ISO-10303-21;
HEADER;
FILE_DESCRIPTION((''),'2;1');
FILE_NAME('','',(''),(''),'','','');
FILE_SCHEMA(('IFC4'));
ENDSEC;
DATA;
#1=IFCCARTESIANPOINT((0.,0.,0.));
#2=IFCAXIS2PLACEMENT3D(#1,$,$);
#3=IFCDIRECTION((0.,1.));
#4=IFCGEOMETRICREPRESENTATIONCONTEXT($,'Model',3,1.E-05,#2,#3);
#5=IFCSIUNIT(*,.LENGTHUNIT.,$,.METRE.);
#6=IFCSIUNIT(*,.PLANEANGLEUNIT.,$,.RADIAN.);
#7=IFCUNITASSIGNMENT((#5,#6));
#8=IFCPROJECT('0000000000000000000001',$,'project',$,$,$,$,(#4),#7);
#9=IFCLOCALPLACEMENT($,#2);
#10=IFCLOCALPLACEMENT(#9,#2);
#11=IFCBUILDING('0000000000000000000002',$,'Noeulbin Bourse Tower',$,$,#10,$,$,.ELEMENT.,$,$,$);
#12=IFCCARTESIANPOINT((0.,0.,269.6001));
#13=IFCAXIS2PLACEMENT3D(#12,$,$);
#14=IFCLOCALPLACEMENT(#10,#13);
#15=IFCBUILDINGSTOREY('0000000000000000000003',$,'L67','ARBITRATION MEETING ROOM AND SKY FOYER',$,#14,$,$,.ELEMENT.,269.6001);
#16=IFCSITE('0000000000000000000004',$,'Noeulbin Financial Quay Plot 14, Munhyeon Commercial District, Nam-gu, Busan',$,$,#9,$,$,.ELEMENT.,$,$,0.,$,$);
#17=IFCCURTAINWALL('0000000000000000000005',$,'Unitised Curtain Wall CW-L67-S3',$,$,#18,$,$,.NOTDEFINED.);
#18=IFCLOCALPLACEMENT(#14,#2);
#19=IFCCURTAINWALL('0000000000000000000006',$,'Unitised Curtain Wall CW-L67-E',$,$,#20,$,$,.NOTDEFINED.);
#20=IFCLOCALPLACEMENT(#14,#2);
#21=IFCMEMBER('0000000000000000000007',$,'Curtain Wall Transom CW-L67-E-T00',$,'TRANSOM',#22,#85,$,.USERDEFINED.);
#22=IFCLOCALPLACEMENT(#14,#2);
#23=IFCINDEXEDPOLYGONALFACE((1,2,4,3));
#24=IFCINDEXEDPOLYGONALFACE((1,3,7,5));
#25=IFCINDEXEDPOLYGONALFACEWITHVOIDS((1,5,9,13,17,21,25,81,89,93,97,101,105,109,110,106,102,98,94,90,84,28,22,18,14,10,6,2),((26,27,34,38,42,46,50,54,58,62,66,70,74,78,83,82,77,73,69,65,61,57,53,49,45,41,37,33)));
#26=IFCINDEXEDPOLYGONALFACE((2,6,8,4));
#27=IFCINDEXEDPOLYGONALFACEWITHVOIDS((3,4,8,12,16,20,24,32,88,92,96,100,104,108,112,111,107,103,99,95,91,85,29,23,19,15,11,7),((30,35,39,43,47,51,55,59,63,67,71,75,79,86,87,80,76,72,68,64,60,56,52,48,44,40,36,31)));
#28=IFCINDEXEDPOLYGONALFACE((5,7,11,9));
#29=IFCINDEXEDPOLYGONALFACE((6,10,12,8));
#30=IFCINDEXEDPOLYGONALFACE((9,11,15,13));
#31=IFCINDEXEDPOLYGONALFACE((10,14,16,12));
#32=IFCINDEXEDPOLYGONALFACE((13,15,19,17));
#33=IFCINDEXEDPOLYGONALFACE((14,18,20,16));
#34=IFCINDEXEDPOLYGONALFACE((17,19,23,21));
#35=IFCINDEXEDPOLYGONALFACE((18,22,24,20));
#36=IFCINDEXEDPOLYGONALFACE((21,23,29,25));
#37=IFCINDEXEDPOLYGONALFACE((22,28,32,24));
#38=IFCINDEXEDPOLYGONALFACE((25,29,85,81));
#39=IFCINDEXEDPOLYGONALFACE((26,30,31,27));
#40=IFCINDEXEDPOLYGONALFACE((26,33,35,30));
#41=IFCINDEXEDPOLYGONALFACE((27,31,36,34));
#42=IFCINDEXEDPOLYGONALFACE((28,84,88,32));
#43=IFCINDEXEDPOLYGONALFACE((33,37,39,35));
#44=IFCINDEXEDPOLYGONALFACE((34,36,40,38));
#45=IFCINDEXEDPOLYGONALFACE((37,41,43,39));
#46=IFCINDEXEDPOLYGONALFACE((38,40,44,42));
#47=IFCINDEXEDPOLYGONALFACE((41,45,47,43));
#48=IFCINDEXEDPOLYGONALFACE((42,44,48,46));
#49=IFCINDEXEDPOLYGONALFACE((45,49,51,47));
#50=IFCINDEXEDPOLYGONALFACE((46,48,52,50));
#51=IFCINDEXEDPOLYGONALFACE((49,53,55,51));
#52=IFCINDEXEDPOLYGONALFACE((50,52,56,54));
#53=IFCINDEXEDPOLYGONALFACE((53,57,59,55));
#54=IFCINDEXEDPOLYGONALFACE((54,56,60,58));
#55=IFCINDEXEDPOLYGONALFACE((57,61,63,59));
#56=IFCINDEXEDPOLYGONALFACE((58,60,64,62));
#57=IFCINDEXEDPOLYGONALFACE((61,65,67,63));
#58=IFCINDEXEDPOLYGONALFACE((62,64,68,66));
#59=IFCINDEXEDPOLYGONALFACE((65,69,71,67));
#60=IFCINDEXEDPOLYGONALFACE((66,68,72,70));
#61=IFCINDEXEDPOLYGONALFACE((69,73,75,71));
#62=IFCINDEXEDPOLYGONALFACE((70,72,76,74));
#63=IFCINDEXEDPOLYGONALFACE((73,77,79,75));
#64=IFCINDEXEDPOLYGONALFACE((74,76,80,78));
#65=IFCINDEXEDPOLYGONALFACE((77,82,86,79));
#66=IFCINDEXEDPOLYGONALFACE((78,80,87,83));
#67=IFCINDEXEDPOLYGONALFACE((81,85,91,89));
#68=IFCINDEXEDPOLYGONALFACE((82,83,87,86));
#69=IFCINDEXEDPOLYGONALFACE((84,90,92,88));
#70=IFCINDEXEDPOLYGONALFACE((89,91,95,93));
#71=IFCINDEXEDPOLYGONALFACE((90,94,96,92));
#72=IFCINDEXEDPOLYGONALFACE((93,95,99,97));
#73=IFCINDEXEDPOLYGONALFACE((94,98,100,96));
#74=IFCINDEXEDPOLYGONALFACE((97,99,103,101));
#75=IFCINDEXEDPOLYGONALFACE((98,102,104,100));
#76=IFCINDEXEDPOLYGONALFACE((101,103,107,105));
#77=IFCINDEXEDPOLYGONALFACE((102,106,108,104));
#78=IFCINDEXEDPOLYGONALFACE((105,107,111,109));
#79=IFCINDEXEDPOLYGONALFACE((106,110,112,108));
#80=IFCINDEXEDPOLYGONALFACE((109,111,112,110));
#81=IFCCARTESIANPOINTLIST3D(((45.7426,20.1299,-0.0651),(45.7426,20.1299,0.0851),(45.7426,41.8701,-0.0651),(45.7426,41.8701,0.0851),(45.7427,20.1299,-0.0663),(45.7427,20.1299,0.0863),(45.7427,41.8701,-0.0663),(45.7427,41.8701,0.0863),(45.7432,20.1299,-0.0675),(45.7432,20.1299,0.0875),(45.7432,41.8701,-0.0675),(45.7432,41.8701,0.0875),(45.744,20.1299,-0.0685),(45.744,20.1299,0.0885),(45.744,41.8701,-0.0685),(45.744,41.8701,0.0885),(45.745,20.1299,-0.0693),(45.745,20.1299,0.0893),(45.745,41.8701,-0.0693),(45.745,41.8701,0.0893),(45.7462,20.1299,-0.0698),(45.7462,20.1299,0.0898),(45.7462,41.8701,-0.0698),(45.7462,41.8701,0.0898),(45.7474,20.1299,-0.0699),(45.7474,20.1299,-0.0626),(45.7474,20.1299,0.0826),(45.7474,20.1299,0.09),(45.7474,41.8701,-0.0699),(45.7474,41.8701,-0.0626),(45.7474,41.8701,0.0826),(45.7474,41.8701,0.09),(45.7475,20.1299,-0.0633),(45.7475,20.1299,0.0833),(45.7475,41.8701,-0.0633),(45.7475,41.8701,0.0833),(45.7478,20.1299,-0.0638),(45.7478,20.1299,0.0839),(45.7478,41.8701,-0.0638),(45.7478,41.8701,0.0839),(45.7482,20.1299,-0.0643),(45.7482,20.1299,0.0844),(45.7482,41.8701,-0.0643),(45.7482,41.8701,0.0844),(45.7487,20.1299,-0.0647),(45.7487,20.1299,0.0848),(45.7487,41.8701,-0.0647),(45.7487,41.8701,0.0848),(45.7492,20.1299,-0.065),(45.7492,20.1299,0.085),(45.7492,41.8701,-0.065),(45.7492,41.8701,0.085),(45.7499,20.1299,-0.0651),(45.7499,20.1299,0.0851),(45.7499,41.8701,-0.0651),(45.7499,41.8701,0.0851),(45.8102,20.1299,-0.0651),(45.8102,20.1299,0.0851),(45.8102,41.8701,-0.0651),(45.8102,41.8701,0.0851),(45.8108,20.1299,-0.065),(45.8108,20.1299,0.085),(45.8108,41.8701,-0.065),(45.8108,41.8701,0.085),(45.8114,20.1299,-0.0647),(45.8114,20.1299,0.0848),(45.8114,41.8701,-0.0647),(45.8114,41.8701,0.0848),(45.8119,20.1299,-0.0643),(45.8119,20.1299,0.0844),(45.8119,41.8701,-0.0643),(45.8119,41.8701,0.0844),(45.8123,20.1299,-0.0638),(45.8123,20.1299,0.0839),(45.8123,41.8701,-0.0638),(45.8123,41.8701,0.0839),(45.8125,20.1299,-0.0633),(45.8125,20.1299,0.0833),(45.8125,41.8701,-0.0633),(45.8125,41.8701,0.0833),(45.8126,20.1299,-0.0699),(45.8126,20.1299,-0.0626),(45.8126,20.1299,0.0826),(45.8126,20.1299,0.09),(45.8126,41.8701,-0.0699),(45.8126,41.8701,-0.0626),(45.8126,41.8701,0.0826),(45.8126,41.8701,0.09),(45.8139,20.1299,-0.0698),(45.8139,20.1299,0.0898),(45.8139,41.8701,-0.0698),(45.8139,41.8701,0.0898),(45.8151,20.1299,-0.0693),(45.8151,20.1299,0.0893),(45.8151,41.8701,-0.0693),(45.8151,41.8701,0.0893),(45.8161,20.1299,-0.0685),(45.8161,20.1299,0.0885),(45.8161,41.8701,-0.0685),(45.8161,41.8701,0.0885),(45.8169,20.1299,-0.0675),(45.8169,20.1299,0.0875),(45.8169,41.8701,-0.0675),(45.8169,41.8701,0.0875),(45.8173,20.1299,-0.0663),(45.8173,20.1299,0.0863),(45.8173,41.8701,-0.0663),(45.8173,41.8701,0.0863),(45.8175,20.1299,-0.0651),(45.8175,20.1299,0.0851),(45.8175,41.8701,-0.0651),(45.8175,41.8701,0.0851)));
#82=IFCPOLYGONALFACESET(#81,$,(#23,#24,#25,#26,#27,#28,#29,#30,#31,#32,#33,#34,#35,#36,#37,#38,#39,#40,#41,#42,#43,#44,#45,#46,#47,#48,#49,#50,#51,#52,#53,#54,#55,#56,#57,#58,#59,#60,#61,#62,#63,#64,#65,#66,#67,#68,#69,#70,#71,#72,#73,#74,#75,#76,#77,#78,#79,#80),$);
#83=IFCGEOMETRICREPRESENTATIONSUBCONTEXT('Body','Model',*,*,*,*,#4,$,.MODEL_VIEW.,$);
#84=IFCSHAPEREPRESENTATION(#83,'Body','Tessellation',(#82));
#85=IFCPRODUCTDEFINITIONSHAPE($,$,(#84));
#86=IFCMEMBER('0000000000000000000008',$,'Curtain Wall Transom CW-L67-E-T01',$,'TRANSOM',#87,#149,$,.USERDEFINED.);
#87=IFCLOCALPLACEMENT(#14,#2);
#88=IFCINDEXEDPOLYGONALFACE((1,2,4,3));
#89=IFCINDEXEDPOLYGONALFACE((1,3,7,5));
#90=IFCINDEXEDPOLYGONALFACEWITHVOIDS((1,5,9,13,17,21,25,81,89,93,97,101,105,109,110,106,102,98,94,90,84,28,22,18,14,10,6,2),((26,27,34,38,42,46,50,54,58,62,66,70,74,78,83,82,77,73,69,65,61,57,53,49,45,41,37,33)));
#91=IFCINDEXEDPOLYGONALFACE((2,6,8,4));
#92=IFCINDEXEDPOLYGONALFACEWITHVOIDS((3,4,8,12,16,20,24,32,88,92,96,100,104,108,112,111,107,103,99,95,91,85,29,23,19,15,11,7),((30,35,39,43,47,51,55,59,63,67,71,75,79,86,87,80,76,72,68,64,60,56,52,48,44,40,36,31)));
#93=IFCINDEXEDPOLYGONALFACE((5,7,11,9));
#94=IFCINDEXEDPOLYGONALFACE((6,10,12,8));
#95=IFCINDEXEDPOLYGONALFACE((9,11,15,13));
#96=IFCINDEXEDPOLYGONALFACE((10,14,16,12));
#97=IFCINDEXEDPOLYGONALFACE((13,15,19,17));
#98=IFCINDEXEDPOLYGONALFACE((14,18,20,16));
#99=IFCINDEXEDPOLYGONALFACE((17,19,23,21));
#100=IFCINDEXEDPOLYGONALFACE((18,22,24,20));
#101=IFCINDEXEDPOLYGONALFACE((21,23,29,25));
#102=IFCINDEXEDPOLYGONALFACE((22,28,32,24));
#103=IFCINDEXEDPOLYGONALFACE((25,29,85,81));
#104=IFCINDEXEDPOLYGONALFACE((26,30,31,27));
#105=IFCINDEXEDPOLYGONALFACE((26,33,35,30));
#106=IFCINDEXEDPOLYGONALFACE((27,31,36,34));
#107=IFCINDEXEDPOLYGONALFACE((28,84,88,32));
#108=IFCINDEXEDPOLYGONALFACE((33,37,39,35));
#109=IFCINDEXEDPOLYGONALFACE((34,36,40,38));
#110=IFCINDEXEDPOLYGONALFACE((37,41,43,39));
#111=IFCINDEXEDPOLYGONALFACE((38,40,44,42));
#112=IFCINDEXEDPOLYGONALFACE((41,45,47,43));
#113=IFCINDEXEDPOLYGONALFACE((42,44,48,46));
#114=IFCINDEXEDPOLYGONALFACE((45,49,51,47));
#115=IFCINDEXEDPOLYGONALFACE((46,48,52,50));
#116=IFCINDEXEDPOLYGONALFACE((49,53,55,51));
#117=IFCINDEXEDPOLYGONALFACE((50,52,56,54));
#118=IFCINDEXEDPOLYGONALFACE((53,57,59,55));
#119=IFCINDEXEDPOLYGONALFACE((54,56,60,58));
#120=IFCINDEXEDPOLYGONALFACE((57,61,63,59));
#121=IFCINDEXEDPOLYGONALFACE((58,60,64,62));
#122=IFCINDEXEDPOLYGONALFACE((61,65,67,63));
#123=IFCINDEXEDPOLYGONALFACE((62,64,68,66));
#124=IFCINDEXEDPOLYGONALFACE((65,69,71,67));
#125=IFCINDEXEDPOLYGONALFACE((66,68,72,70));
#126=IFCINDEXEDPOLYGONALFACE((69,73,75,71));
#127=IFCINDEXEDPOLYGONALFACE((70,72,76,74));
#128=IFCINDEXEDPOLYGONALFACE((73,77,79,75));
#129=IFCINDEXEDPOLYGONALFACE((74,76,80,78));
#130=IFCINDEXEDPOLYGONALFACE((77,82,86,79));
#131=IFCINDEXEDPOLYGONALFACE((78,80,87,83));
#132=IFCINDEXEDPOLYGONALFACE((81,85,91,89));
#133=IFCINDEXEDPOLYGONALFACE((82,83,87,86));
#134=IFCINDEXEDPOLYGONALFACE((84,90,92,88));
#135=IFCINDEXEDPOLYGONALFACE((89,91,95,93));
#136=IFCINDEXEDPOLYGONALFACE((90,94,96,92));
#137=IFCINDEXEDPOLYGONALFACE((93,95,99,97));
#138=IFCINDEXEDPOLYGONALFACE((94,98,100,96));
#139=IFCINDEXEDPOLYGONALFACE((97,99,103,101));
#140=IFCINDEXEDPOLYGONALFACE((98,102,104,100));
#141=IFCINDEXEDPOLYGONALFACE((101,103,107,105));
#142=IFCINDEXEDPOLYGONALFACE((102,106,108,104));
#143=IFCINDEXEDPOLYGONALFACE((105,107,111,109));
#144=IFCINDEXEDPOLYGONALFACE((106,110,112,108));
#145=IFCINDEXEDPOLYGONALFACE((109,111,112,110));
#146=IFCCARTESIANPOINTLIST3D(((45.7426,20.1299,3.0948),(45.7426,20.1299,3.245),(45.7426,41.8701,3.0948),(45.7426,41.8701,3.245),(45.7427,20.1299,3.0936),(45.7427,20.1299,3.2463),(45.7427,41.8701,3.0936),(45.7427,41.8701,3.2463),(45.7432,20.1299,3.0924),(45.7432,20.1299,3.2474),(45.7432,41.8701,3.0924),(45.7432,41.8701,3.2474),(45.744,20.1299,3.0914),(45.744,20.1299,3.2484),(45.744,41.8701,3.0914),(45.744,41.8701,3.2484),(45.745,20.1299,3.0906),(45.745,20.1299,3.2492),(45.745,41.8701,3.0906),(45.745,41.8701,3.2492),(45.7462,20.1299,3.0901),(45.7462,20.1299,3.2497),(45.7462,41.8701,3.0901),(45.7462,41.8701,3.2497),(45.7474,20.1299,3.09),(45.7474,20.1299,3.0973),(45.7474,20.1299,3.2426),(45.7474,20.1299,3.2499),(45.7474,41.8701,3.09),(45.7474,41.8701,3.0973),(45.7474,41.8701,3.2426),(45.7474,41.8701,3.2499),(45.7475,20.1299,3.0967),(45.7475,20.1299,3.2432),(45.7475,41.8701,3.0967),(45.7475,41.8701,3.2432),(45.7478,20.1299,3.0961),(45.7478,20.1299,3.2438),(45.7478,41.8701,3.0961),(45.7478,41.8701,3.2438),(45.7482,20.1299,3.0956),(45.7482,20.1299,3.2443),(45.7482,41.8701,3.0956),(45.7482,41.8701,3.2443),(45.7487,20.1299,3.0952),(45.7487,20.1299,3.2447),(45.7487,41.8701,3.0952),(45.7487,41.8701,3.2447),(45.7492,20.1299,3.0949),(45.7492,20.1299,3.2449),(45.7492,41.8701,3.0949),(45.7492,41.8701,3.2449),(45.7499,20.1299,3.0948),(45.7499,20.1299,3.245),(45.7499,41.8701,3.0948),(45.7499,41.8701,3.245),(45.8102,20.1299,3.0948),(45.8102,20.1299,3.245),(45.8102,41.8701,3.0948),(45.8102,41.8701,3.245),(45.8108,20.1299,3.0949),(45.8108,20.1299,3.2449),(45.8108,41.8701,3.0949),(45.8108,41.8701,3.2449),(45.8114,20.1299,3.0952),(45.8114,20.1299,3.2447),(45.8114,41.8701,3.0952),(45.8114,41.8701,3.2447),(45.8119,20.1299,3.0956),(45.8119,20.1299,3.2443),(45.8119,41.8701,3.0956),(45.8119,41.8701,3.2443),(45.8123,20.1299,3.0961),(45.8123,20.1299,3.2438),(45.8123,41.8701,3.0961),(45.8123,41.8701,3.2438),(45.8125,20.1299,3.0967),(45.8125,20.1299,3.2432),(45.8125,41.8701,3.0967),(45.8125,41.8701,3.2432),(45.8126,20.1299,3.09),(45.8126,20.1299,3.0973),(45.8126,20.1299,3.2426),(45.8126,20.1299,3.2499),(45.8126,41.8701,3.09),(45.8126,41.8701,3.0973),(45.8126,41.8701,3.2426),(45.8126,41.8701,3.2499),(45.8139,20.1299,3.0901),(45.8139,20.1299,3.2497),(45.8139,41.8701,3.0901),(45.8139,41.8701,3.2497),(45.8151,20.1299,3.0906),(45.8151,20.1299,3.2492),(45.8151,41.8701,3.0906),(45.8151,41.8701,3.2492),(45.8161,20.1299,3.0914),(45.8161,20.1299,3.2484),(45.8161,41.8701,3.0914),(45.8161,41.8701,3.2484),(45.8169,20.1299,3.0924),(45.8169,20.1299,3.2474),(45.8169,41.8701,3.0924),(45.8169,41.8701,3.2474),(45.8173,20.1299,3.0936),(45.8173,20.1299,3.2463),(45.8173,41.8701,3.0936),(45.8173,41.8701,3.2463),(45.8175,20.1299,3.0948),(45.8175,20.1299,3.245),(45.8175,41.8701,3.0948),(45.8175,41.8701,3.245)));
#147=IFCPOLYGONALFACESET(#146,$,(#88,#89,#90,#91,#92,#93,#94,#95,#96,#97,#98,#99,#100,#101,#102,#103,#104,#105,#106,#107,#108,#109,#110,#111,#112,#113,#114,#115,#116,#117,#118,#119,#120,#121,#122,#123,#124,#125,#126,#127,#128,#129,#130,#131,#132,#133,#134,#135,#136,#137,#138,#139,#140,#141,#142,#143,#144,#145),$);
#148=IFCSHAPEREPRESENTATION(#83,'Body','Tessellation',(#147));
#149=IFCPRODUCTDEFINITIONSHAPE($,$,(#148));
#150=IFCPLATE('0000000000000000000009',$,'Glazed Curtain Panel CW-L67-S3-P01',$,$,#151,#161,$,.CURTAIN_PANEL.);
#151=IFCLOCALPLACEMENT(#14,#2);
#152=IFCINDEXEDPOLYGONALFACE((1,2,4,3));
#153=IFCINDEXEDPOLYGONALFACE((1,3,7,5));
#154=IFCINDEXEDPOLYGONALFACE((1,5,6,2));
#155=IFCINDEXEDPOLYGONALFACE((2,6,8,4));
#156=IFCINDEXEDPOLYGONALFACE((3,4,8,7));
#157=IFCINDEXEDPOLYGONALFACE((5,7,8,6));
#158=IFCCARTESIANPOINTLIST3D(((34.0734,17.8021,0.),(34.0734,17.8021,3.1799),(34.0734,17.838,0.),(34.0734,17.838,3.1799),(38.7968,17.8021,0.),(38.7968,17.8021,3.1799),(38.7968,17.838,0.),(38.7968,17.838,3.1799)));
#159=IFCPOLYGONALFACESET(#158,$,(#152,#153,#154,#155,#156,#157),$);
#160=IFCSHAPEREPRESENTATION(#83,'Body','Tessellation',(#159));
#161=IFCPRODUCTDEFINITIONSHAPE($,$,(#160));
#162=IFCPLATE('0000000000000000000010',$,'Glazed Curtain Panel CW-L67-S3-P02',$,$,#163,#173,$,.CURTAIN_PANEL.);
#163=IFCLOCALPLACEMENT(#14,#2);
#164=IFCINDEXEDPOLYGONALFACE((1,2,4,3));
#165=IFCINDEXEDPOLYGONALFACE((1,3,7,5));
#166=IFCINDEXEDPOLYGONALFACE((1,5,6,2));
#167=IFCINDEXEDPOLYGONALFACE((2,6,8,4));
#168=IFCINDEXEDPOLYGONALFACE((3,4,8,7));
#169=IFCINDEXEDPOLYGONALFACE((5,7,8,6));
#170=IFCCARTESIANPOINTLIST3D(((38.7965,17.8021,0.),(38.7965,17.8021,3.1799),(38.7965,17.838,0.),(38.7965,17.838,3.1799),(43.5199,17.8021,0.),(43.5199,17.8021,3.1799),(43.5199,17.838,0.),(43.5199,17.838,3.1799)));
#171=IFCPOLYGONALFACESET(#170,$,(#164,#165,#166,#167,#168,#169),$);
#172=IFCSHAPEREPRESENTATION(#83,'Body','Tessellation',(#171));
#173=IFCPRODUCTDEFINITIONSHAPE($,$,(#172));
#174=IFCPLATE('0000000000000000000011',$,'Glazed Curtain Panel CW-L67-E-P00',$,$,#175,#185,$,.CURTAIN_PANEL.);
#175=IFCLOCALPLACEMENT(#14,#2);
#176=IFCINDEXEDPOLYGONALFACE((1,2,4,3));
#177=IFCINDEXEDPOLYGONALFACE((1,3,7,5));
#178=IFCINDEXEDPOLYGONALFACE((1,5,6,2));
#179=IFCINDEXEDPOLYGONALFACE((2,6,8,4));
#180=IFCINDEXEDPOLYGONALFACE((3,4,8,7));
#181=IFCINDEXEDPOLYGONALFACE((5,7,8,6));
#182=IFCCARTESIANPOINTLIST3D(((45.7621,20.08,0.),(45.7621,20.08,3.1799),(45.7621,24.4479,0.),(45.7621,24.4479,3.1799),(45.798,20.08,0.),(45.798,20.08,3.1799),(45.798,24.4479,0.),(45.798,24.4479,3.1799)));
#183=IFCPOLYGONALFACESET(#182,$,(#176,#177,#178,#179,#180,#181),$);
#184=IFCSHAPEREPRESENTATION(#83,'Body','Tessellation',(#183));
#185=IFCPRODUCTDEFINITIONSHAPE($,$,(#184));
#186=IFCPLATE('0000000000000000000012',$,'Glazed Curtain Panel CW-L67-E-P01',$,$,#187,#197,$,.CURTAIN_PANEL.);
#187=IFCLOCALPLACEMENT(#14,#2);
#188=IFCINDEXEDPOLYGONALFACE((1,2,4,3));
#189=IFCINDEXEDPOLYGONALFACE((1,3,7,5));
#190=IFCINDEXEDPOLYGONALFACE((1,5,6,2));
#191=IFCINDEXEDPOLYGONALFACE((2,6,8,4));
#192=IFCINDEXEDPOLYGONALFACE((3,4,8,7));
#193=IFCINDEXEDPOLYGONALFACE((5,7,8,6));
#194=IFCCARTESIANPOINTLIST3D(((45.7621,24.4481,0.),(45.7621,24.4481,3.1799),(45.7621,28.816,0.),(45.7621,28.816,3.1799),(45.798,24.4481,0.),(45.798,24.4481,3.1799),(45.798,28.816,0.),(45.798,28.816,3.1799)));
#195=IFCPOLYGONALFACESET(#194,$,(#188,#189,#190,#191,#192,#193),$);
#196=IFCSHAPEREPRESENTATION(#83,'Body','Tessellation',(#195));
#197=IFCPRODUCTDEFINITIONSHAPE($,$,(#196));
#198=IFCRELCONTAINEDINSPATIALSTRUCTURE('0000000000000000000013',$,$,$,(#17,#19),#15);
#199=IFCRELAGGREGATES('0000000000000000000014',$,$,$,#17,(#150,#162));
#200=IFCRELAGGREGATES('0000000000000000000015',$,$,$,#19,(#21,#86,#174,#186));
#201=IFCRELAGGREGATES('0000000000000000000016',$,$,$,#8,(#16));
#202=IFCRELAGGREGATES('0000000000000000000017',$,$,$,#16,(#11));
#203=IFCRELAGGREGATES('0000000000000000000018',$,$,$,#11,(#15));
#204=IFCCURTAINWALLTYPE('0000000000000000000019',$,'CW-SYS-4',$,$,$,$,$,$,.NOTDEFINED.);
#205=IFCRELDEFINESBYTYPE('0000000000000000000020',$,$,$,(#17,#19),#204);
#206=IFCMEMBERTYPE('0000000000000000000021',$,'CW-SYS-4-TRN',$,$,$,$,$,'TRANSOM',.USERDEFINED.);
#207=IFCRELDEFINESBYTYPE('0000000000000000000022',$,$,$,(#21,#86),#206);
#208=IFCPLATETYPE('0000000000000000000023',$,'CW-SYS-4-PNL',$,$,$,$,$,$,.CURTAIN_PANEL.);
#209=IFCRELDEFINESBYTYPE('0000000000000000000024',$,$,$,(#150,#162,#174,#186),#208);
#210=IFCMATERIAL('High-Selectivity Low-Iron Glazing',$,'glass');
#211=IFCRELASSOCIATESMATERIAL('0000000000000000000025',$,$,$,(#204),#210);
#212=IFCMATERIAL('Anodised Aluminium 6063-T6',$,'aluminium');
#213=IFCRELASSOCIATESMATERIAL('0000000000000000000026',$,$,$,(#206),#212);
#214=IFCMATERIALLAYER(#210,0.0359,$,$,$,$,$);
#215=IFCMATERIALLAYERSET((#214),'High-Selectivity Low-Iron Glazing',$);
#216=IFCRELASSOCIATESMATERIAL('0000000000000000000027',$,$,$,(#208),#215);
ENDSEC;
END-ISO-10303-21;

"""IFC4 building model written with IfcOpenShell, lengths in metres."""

from ifc_helpers import new_model, si_unit, direction, frame, origin, origin_2d, place, context, subcontext, project, spatial, rectangle, hollow_rectangle, extrude, material, layer, layer_set, material_profile, profile_set, type_object, element, aggregate, save


model = new_model("IFC4")

# Units and contexts
model_context = context("Model", 3, precision=1e-05, world=origin(), true_north=direction((0.0, 1.0)))
body_context = subcontext(model_context, "Body", "Model", "MODEL_VIEW")
ifc_project = project(units=[si_unit("LENGTHUNIT", "METRE"), si_unit("PLANEANGLEUNIT", "RADIAN")], contexts=[model_context])

# Site, building, storey
site_placement = place(None, origin())
site = spatial("IfcSite", under=ifc_project, at=site_placement, Name="Noeulbin Financial Quay Plot 14, Munhyeon Commercial District, Nam-gu, Busan", CompositionType="ELEMENT", RefElevation=0.0)
building_placement = place(site_placement, origin())
building = spatial("IfcBuilding", under=site, at=building_placement, Name="Noeulbin Bourse Tower", CompositionType="ELEMENT")
storey_placement = place(building_placement, frame((0.0, 0.0, 269.6001)))
storey = spatial("IfcBuildingStorey", under=building, at=storey_placement, Name="L67", Description="ARBITRATION MEETING ROOM AND SKY FOYER", CompositionType="ELEMENT", Elevation=269.6001)

# Curtain walls, members
ifc_material_1 = material(Name="High-Selectivity Low-Iron Glazing", Category="glass")
curtain_wall_type = type_object("IfcCurtainWallType", Name="CW-SYS-4", PredefinedType="NOTDEFINED", material=ifc_material_1)
curtain_wall_1_placement = place(storey_placement, origin())
curtain_wall_1 = element("IfcCurtainWall", 1, at=curtain_wall_1_placement, inside=storey, type_object=curtain_wall_type, Name="Unitised Curtain Wall CW-L67-S3", PredefinedType="NOTDEFINED")
ifc_material_2 = material(Name="Anodised Aluminium 6063-T6", Category="aluminium")
curtain_wall_2_placement = place(storey_placement, origin())
curtain_wall_2 = element("IfcCurtainWall", 2, at=curtain_wall_2_placement, inside=storey, type_object=curtain_wall_type, Name="Unitised Curtain Wall CW-L67-E", PredefinedType="NOTDEFINED")
ifc_material_profile_1 = material_profile(ifc_material_2, hollow_rectangle(XDim=0.075, YDim=0.1599, WallThickness=0.0049, InnerFilletRadius=0.0024, OuterFilletRadius=0.0049, at=origin_2d()), Name="ALU-TRAN-75x160x5", Category="LoadBearing")
ifc_profile_set_1 = profile_set([ifc_material_profile_1], Name="Anodised Aluminium 6063-T6")
member_type_1 = type_object("IfcMemberType", Name="CW-SYS-4-TRN", ElementType="TRANSOM", PredefinedType="USERDEFINED", material=ifc_profile_set_1)
member_1_placement = place(storey_placement, frame((45.78, 20.1299, 0.01), z_axis=(0.0, 1.0, 0.0), x_axis=(-1.0, 0.0, 0.0)))
member_1 = element("IfcMember", 3, at=member_1_placement, type_object=member_type_1, Name="Curtain Wall Transom CW-L67-E-T00", ObjectType="TRANSOM", PredefinedType="USERDEFINED", context=body_context, shape_type="SweptSolid", body=[
    extrude(hollow_rectangle(XDim=0.075, YDim=0.1599, WallThickness=0.0049, InnerFilletRadius=0.0024, OuterFilletRadius=0.0049, at=origin_2d()), origin(), (0.0, 0.0, 1.0), 21.7402),
])
member_2_placement = place(storey_placement, frame((45.78, 20.1299, 3.1699), z_axis=(0.0, 1.0, 0.0), x_axis=(-1.0, 0.0, 0.0)))
member_2 = element("IfcMember", 4, at=member_2_placement, type_object=member_type_1, Name="Curtain Wall Transom CW-L67-E-T01", ObjectType="TRANSOM", PredefinedType="USERDEFINED", context=body_context, shape_type="SweptSolid", body=[
    extrude(hollow_rectangle(XDim=0.075, YDim=0.1599, WallThickness=0.0049, InnerFilletRadius=0.0024, OuterFilletRadius=0.0049, at=origin_2d()), origin(), (0.0, 0.0, 1.0), 21.7402),
])

# Plates
ifc_layer_1 = layer(ifc_material_1, 0.0359)
ifc_layer_set_1 = layer_set([ifc_layer_1], Name="High-Selectivity Low-Iron Glazing")
plate_type_1 = type_object("IfcPlateType", Name="CW-SYS-4-PNL", PredefinedType="CURTAIN_PANEL", material=ifc_layer_set_1)
plate_1_placement = place(storey_placement, frame((36.4351, 17.8201, 0.0), z_axis=(0.0, 0.0, 1.0), x_axis=(1.0, 0.0, 0.0)))
plate_1 = element("IfcPlate", 5, at=plate_1_placement, type_object=plate_type_1, Name="Glazed Curtain Panel CW-L67-S3-P01", PredefinedType="CURTAIN_PANEL", context=body_context, shape_type="SweptSolid", body=[
    extrude(rectangle(XDim=4.7234, YDim=0.0359, at=origin_2d()), origin(), (0.0, 0.0, 1.0), 3.1799),
])
plate_2_placement = place(storey_placement, frame((41.1582, 17.8201, 0.0), z_axis=(0.0, 0.0, 1.0), x_axis=(1.0, 0.0, 0.0)))
plate_2 = element("IfcPlate", 6, at=plate_2_placement, type_object=plate_type_1, Name="Glazed Curtain Panel CW-L67-S3-P02", PredefinedType="CURTAIN_PANEL", context=body_context, shape_type="SweptSolid", body=[
    extrude(rectangle(XDim=4.7234, YDim=0.0359, at=origin_2d()), origin(), (0.0, 0.0, 1.0), 3.1799),
])
aggregate(curtain_wall_1, [plate_1, plate_2])
plate_3_placement = place(storey_placement, frame((45.78, 22.2639, 0.0), z_axis=(0.0, 0.0, 1.0), x_axis=(0.0, 1.0, 0.0)))
plate_3 = element("IfcPlate", 7, at=plate_3_placement, type_object=plate_type_1, Name="Glazed Curtain Panel CW-L67-E-P00", PredefinedType="CURTAIN_PANEL", context=body_context, shape_type="SweptSolid", body=[
    extrude(rectangle(XDim=4.3679, YDim=0.0359, at=origin_2d()), origin(), (0.0, 0.0, 1.0), 3.1799),
])
plate_4_placement = place(storey_placement, frame((45.78, 26.6321, 0.0), z_axis=(0.0, 0.0, 1.0), x_axis=(0.0, 1.0, 0.0)))
plate_4 = element("IfcPlate", 8, at=plate_4_placement, type_object=plate_type_1, Name="Glazed Curtain Panel CW-L67-E-P01", PredefinedType="CURTAIN_PANEL", context=body_context, shape_type="SweptSolid", body=[
    extrude(rectangle(XDim=4.3679, YDim=0.0359, at=origin_2d()), origin(), (0.0, 0.0, 1.0), 3.1799),
])
aggregate(curtain_wall_2, [member_1, member_2, plate_3, plate_4])

save(model, "model.ifc")
